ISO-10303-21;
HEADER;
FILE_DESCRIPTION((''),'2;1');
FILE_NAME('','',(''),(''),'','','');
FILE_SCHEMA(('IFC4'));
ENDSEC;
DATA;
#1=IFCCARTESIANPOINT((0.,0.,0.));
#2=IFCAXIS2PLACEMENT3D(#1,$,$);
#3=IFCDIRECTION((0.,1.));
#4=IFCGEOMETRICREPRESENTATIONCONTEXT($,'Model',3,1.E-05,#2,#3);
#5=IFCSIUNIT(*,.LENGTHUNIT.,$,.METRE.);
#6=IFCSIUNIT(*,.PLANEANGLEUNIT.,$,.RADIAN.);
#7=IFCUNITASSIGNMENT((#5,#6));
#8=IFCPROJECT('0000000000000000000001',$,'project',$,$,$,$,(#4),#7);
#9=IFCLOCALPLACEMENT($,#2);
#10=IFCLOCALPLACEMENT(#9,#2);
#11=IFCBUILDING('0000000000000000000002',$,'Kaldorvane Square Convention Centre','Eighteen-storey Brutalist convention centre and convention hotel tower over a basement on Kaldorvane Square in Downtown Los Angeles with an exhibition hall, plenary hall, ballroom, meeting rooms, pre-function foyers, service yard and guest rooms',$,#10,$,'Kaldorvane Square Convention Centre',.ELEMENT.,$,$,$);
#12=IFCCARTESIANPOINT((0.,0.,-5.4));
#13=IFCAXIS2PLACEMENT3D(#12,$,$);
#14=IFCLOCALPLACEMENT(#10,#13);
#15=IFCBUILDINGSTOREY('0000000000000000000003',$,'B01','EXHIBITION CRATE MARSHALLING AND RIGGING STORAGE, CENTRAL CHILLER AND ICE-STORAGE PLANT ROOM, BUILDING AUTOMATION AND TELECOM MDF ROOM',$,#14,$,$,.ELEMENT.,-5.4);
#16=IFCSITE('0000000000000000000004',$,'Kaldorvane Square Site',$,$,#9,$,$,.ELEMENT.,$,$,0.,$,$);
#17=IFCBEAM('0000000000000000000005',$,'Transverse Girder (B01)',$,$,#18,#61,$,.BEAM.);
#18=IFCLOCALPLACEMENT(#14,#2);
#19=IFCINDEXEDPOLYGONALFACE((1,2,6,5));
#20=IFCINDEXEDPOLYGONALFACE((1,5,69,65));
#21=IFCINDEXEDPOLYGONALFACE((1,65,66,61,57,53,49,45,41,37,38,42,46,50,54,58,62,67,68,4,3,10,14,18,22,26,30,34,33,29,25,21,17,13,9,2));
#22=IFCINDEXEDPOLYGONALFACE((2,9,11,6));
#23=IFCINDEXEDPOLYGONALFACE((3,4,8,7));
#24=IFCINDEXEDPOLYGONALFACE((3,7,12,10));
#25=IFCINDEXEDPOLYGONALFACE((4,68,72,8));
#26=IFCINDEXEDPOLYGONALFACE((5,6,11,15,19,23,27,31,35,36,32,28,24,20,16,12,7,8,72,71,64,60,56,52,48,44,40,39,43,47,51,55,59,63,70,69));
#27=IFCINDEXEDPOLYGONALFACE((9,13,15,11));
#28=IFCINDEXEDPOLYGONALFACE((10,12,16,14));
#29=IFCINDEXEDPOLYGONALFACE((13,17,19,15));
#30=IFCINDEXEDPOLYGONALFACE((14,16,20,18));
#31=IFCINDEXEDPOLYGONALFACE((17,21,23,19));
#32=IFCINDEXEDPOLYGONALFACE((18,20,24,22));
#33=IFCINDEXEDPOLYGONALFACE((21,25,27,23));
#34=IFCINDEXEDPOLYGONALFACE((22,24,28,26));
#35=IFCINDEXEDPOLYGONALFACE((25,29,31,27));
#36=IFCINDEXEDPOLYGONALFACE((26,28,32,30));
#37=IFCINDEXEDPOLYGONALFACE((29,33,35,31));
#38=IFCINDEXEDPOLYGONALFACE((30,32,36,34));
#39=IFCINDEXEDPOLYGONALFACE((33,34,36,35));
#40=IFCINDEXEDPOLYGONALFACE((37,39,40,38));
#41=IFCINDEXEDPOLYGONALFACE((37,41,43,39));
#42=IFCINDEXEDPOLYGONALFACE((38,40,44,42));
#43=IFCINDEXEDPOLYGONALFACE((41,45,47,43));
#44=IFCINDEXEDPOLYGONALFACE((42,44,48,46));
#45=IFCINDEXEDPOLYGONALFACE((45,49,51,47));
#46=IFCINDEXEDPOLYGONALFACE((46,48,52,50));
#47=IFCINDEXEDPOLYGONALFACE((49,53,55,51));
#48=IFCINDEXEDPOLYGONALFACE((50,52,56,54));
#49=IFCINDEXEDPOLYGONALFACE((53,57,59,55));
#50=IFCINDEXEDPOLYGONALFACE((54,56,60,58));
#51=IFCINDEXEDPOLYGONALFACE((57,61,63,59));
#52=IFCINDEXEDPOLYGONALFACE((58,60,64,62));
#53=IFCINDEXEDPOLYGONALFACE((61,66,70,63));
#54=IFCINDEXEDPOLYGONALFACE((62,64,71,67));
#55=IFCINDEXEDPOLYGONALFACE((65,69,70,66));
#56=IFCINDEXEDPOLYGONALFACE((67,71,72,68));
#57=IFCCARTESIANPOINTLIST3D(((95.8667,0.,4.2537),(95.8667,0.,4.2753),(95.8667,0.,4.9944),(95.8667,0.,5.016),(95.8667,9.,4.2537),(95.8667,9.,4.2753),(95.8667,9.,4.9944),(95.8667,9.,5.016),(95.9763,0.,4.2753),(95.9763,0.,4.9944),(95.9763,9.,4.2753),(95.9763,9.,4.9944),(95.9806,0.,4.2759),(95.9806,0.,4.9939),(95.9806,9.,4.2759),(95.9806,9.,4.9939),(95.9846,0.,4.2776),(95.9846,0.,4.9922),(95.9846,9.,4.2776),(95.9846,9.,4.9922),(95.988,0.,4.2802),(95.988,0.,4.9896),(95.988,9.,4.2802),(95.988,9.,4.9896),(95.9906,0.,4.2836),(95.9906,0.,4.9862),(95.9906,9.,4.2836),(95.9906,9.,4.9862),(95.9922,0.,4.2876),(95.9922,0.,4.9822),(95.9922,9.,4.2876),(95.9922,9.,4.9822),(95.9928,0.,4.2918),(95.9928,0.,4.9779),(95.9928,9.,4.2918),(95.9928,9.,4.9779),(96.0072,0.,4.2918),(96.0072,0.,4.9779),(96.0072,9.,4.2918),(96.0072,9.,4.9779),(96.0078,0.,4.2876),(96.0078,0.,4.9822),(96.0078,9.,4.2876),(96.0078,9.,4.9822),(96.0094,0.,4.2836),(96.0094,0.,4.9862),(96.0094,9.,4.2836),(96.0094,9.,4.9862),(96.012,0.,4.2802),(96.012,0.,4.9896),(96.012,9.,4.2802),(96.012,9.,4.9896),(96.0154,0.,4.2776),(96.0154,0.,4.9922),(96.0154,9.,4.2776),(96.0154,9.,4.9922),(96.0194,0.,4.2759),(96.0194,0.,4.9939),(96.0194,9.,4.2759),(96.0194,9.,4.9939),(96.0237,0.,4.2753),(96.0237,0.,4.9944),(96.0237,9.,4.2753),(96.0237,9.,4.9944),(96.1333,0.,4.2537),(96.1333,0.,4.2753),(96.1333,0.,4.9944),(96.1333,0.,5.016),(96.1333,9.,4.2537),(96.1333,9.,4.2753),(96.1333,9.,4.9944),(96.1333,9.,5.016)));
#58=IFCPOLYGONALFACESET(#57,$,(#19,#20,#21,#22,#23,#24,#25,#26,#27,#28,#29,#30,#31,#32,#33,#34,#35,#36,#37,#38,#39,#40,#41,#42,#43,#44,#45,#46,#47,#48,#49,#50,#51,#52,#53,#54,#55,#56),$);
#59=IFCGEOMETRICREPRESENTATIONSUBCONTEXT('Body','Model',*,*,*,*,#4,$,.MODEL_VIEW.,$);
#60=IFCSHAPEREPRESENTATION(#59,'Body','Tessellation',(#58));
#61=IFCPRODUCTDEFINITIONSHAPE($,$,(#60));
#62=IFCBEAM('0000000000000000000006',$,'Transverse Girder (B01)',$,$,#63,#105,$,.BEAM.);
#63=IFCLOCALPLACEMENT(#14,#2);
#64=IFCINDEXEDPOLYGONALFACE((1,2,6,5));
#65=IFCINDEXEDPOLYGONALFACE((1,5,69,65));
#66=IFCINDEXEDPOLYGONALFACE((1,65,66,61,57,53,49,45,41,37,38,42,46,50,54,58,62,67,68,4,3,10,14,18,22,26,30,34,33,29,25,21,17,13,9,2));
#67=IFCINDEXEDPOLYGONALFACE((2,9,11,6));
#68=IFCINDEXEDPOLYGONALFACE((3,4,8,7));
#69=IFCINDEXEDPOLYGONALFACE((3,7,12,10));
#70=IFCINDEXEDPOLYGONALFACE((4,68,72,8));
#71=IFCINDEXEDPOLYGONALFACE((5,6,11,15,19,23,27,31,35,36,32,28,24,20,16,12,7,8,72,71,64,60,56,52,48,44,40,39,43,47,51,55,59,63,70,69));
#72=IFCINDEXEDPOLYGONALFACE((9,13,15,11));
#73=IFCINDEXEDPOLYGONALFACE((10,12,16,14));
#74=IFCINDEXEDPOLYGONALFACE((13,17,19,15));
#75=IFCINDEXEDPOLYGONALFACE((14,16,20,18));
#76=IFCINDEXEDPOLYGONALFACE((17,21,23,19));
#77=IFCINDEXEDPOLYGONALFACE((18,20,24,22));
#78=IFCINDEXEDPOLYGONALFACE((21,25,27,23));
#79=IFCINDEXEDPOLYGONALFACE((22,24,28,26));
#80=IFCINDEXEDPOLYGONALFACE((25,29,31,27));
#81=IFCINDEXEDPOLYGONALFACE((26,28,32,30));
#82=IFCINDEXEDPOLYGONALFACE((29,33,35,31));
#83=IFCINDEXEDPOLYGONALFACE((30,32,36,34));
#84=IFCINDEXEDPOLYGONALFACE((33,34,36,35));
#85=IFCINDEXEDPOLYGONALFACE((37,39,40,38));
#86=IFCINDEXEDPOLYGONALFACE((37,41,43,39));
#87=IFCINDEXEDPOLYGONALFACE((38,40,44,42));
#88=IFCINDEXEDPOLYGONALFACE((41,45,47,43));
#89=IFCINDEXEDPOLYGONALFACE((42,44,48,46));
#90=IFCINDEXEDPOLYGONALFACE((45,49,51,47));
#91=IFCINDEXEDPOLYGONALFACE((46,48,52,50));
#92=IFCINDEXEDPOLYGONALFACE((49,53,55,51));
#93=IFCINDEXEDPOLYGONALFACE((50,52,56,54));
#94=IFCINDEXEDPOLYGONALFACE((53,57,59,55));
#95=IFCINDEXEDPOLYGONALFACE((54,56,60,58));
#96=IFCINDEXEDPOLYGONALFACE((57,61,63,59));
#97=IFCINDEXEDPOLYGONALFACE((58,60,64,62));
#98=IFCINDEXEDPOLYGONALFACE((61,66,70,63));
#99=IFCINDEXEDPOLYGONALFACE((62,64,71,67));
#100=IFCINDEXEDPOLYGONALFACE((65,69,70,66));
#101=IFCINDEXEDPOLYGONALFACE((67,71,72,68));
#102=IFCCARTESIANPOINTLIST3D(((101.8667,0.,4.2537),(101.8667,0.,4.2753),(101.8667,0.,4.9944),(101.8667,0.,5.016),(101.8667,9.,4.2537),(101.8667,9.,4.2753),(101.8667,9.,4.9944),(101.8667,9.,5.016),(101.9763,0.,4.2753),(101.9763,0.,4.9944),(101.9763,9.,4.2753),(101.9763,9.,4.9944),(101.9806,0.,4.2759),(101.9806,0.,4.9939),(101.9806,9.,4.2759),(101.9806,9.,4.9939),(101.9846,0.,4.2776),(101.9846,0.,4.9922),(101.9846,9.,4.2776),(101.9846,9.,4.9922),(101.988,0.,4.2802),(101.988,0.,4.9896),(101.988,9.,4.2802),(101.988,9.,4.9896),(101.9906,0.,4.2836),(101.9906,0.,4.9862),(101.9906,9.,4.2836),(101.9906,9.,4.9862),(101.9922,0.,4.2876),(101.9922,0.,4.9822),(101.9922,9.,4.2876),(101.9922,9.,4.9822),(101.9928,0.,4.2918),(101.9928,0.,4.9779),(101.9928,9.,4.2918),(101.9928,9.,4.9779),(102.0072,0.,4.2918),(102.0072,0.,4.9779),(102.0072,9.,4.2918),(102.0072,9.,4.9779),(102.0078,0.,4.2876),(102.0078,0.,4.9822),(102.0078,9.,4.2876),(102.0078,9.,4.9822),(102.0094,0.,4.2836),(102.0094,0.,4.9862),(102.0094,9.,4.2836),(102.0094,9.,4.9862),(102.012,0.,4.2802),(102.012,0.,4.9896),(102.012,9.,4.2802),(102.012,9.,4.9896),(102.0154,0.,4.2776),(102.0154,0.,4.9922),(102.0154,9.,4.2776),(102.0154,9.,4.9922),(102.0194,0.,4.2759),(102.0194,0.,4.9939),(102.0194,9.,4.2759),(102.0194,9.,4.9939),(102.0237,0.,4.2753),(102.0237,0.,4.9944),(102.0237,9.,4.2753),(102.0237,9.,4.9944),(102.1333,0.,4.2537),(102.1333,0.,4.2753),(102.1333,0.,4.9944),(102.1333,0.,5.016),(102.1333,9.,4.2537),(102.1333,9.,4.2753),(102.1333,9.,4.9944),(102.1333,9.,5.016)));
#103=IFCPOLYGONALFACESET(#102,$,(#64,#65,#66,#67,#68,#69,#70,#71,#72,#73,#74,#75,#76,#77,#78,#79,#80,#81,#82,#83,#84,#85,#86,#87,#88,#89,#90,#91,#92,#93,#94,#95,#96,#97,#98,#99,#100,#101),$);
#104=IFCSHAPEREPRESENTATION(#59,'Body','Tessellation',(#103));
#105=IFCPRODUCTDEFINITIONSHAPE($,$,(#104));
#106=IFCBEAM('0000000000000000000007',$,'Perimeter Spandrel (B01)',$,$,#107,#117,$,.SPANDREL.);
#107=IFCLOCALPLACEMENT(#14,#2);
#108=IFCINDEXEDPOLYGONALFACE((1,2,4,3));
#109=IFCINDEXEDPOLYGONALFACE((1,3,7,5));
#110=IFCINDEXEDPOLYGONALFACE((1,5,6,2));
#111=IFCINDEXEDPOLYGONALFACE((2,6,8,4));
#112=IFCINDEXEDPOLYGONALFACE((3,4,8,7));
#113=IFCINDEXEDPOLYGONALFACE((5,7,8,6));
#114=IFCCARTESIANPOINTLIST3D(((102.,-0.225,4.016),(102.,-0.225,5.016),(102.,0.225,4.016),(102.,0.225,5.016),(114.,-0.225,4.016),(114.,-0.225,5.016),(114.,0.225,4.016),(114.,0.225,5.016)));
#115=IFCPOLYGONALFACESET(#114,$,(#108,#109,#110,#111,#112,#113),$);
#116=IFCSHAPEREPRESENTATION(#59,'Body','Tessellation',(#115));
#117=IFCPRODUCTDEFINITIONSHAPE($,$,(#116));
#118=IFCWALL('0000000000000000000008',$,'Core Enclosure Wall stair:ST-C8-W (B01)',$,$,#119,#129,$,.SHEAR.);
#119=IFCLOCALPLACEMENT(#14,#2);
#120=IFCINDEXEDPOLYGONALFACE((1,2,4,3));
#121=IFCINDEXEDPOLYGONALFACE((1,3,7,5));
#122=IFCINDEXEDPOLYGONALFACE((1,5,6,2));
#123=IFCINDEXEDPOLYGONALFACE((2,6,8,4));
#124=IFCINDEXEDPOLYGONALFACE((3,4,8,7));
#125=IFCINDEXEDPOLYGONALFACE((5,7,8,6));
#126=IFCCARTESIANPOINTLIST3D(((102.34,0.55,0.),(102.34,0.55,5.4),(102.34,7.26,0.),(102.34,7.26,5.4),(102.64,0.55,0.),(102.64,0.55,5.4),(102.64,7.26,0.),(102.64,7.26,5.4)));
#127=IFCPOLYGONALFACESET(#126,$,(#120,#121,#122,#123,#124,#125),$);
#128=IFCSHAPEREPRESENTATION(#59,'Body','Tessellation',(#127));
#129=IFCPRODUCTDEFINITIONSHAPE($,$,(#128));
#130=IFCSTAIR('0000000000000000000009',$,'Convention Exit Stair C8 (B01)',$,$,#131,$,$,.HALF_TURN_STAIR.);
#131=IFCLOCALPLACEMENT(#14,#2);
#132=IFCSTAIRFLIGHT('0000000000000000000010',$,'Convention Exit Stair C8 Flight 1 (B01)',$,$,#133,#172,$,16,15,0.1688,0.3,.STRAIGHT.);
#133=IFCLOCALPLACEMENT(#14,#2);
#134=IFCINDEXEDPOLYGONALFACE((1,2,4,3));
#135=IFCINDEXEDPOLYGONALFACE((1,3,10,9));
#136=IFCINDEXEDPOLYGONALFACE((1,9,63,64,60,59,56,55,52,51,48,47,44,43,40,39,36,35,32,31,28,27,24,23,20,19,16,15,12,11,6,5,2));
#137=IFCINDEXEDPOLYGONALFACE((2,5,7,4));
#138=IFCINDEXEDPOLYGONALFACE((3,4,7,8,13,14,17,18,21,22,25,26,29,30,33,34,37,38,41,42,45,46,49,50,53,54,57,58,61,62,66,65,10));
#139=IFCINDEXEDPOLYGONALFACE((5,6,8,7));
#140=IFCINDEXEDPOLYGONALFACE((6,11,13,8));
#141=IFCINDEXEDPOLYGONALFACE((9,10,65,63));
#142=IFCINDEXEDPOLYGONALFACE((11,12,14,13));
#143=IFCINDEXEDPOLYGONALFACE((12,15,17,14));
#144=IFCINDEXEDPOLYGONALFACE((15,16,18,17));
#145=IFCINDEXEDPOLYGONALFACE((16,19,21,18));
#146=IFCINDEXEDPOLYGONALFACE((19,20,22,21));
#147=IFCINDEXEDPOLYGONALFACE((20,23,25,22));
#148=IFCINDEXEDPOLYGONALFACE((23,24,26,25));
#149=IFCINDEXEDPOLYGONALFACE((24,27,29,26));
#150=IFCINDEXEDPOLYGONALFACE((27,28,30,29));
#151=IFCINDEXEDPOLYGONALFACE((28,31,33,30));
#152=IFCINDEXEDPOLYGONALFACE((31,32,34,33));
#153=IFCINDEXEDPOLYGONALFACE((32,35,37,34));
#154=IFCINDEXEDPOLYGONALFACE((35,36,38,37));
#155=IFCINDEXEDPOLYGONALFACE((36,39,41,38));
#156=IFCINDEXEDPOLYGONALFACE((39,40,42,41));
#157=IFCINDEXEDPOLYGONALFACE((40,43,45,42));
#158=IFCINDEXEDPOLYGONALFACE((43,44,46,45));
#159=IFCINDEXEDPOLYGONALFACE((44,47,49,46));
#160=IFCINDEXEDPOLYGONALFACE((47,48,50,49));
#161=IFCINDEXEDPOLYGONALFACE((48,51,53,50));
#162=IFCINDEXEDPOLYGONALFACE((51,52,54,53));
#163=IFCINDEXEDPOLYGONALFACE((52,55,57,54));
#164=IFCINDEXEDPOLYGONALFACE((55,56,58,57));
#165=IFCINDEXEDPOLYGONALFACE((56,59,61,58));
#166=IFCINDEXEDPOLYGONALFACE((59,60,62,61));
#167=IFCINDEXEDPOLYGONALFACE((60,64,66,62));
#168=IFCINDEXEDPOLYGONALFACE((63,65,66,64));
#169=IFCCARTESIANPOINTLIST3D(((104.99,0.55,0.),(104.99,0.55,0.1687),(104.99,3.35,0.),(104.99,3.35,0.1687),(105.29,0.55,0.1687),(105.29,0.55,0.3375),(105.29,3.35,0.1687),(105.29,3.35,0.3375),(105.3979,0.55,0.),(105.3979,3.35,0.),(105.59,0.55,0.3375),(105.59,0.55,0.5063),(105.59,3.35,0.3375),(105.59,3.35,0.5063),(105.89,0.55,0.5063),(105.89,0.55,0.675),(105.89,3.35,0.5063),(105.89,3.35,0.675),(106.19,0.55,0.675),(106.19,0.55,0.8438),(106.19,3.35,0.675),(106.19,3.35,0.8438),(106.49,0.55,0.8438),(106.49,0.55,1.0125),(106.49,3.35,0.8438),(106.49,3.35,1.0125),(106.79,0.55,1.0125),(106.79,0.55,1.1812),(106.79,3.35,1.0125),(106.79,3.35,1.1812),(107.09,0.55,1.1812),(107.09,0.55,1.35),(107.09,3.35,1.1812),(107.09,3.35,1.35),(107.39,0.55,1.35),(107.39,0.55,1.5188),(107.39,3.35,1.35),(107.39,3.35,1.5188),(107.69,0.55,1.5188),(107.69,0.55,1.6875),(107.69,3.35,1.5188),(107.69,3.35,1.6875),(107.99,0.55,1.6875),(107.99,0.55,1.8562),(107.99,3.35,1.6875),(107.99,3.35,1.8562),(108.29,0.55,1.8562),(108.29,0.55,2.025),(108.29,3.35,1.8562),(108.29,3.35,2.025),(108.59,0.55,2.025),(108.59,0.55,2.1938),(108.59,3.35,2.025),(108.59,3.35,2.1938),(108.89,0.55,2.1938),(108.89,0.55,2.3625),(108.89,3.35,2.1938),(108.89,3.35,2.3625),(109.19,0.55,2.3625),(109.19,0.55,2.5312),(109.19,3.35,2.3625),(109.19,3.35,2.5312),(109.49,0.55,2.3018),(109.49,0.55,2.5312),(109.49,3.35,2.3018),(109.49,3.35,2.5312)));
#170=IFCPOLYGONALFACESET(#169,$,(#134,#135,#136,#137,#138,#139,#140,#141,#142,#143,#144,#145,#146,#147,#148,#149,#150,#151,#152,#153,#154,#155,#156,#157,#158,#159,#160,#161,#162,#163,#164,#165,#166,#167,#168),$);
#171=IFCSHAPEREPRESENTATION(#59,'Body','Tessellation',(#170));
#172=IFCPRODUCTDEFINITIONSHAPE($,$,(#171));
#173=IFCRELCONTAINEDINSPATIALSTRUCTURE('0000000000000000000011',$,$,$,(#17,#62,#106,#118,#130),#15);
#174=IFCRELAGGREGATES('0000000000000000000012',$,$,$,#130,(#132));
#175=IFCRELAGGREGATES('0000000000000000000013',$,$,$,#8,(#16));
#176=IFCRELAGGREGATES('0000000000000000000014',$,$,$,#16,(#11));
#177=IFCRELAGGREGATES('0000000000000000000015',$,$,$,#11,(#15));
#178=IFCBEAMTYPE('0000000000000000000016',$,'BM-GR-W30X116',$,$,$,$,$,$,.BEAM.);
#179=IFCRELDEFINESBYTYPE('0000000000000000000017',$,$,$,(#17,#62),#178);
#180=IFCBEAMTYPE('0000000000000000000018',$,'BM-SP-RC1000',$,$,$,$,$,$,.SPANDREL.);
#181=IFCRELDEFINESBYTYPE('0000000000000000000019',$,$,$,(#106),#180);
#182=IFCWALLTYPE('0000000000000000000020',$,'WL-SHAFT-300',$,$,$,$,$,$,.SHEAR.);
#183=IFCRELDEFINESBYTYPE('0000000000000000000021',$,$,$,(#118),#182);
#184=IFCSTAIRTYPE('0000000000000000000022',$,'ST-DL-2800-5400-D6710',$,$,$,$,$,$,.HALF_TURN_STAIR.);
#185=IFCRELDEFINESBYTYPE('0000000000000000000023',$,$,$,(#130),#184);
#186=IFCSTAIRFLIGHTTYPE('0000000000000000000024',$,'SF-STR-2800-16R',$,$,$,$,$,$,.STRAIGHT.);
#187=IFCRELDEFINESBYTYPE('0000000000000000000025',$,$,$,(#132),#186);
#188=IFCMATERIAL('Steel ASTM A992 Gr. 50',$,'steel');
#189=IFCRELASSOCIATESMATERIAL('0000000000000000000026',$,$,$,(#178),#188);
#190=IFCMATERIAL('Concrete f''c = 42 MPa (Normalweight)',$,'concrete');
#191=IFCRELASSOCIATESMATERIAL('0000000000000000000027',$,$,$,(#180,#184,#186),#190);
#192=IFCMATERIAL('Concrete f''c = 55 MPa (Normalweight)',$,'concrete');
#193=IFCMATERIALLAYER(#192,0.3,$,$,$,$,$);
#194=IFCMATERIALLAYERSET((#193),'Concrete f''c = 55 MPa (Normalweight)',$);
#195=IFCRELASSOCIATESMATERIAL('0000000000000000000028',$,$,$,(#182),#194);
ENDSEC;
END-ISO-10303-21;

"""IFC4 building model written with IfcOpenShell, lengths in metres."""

from ifc_helpers import new_model, si_unit, direction, frame, frame_2d, origin, origin_2d, place, context, subcontext, project, spatial, polyline, rectangle, i_section, outline, extrude, material, layer, layer_set, material_profile, profile_set, type_object, element, aggregate, save


model = new_model("IFC4")

# Units and contexts
model_context = context("Model", 3, precision=1e-05, world=origin(), true_north=direction((0.0, 1.0)))
body_context = subcontext(model_context, "Body", "Model", "MODEL_VIEW")
ifc_project = project(units=[si_unit("LENGTHUNIT", "METRE"), si_unit("PLANEANGLEUNIT", "RADIAN")], contexts=[model_context])

# Site, building, storey
site_placement = place(None, origin())
site = spatial("IfcSite", under=ifc_project, at=site_placement, Name="Kaldorvane Square Site", CompositionType="ELEMENT", RefElevation=0.0)
building_placement = place(site_placement, origin())
building = spatial("IfcBuilding", under=site, at=building_placement, Name="Kaldorvane Square Convention Centre", Description="Eighteen-storey Brutalist convention centre and convention hotel tower over a basement on Kaldorvane Square in Downtown Los Angeles with an exhibition hall, plenary hall, ballroom, meeting rooms, pre-function foyers, service yard and guest rooms", LongName="Kaldorvane Square Convention Centre", CompositionType="ELEMENT")
storey_placement = place(building_placement, frame((0.0, 0.0, -5.4)))
storey = spatial("IfcBuildingStorey", under=building, at=storey_placement, Name="B01", Description="EXHIBITION CRATE MARSHALLING AND RIGGING STORAGE, CENTRAL CHILLER AND ICE-STORAGE PLANT ROOM, BUILDING AUTOMATION AND TELECOM MDF ROOM", CompositionType="ELEMENT", Elevation=-5.4)

# Shared definitions
ifc_material_1 = material(Name="Concrete f'c = 42 MPa (Normalweight)", Category="concrete")

# Shared definitions
ifc_material_2 = material(Name="Steel ASTM A992 Gr. 50", Category="steel")

# Beams
ifc_material_profile_1 = material_profile(ifc_material_2, i_section(OverallWidth=0.2666, OverallDepth=0.7623, WebThickness=0.0144, FlangeThickness=0.0216, FilletRadius=0.0165, at=origin_2d()), Name="W30X116")
ifc_profile_set_1 = profile_set([ifc_material_profile_1], Name="Steel ASTM A992 Gr. 50")
beam_type_1 = type_object("IfcBeamType", Name="BM-GR-W30X116", PredefinedType="BEAM", material=ifc_profile_set_1)
for number, where, z_axis, x_axis, name in (
    (1, (96.0, 0.0, 4.6349), (0.0, 1.0, 0.0), (-1.0, 0.0, 0.0), "Transverse Girder (B01)"),
    (2, (102.0, 0.0, 4.6349), (0.0, 1.0, 0.0), (-1.0, 0.0, 0.0), "Transverse Girder (B01)"),
):
    element("IfcBeam", number, at=place(storey_placement, frame(where, z_axis=z_axis, x_axis=x_axis)), inside=storey, type_object=beam_type_1, Name=name, PredefinedType="BEAM", context=body_context, shape_type="SweptSolid", body=[
        extrude(i_section(OverallWidth=0.2666, OverallDepth=0.7623, WebThickness=0.0144, FlangeThickness=0.0216, FilletRadius=0.0165, at=origin_2d()), origin(), (0.0, 0.0, 1.0), 9.0),
    ])
ifc_material_profile_2 = material_profile(ifc_material_1, rectangle(XDim=0.45, YDim=1.0, at=origin_2d()), Name="RCSP1000X450")
ifc_profile_set_2 = profile_set([ifc_material_profile_2], Name="Concrete f'c = 42 MPa (Normalweight)")
beam_type_2 = type_object("IfcBeamType", Name="BM-SP-RC1000", PredefinedType="SPANDREL", material=ifc_profile_set_2)
beam_placement = place(storey_placement, frame((102.0, 0.0, 4.516), z_axis=(1.0, 0.0, 0.0), x_axis=(0.0, 1.0, 0.0)))
element("IfcBeam", 3, at=beam_placement, inside=storey, type_object=beam_type_2, Name="Perimeter Spandrel (B01)", PredefinedType="SPANDREL", context=body_context, shape_type="SweptSolid", body=[
    extrude(rectangle(XDim=0.45, YDim=1.0, at=origin_2d()), origin(), (0.0, 0.0, 1.0), 12.0),
])

# Wall
ifc_material_3 = material(Name="Concrete f'c = 55 MPa (Normalweight)", Category="concrete")
ifc_layer = layer(ifc_material_3, 0.3)
ifc_layer_set = layer_set([ifc_layer], Name="Concrete f'c = 55 MPa (Normalweight)")
wall_type = type_object("IfcWallType", Name="WL-SHAFT-300", PredefinedType="SHEAR", material=ifc_layer_set)
wall_placement = place(storey_placement, frame((102.49, 7.26, 0.0), z_axis=(0.0, 0.0, 1.0), x_axis=(0.0, -1.0, 0.0)))
element("IfcWall", 4, at=wall_placement, inside=storey, type_object=wall_type, Name="Core Enclosure Wall stair:ST-C8-W (B01)", PredefinedType="SHEAR", context=body_context, shape_type="SweptSolid", body=[
    extrude(rectangle(XDim=6.71, YDim=0.3, at=frame_2d((3.355, 0.0))), origin(), (0.0, 0.0, 1.0), 5.4),
])

# Stair, stair flight
stair_type = type_object("IfcStairType", Name="ST-DL-2800-5400-D6710", PredefinedType="HALF_TURN_STAIR", material=ifc_material_1)
stair_placement = place(storey_placement, origin())
stair = element("IfcStair", 5, at=stair_placement, inside=storey, type_object=stair_type, Name="Convention Exit Stair C8 (B01)", PredefinedType="HALF_TURN_STAIR")
stair_flight_type = type_object("IfcStairFlightType", Name="SF-STR-2800-16R", PredefinedType="STRAIGHT", material=ifc_material_1)
stair_flight_placement = place(storey_placement, frame((104.99, 1.95, 0.0), z_axis=(0.0, 0.0, 1.0), x_axis=(1.0, 0.0, 0.0)))
stair_flight = element("IfcStairFlight", 6, at=stair_flight_placement, type_object=stair_flight_type, Name="Convention Exit Stair C8 Flight 1 (B01)", NumberOfRisers=16, NumberOfTreads=15, PredefinedType="STRAIGHT", RiserHeight=0.1688, TreadLength=0.3, context=body_context, shape_type="SweptSolid", body=[
    extrude(outline(polyline([(0.0, 0.0), (0.0, 0.1687), (0.3, 0.1687), (0.3, 0.3375), (0.6, 0.3375), (0.6, 0.5063), (0.9, 0.5063), (0.9, 0.675), (1.2, 0.675), (1.2, 0.8438), (1.5, 0.8438), (1.5, 1.0125), (1.8, 1.0125), (1.8, 1.1812), (2.1, 1.1812), (2.1, 1.35), (2.4, 1.35), (2.4, 1.5188), (2.7, 1.5188), (2.7, 1.6875), (3.0, 1.6875), (3.0, 1.8562), (3.3, 1.8562), (3.3, 2.025), (3.6, 2.025), (3.6, 2.1938), (3.9, 2.1938), (3.9, 2.3625), (4.2, 2.3625), (4.2, 2.5312), (4.5, 2.5312), (4.5, 2.7), (4.5, 2.3018), (0.4079, 0.0), (0.0, 0.0)])), frame((0.0, 1.4, 0.0), z_axis=(0.0, -1.0, 0.0), x_axis=(1.0, 0.0, 0.0)), (0.0, 0.0, 1.0), 2.8),
])
aggregate(stair, [stair_flight])

save(model, "model.ifc")
